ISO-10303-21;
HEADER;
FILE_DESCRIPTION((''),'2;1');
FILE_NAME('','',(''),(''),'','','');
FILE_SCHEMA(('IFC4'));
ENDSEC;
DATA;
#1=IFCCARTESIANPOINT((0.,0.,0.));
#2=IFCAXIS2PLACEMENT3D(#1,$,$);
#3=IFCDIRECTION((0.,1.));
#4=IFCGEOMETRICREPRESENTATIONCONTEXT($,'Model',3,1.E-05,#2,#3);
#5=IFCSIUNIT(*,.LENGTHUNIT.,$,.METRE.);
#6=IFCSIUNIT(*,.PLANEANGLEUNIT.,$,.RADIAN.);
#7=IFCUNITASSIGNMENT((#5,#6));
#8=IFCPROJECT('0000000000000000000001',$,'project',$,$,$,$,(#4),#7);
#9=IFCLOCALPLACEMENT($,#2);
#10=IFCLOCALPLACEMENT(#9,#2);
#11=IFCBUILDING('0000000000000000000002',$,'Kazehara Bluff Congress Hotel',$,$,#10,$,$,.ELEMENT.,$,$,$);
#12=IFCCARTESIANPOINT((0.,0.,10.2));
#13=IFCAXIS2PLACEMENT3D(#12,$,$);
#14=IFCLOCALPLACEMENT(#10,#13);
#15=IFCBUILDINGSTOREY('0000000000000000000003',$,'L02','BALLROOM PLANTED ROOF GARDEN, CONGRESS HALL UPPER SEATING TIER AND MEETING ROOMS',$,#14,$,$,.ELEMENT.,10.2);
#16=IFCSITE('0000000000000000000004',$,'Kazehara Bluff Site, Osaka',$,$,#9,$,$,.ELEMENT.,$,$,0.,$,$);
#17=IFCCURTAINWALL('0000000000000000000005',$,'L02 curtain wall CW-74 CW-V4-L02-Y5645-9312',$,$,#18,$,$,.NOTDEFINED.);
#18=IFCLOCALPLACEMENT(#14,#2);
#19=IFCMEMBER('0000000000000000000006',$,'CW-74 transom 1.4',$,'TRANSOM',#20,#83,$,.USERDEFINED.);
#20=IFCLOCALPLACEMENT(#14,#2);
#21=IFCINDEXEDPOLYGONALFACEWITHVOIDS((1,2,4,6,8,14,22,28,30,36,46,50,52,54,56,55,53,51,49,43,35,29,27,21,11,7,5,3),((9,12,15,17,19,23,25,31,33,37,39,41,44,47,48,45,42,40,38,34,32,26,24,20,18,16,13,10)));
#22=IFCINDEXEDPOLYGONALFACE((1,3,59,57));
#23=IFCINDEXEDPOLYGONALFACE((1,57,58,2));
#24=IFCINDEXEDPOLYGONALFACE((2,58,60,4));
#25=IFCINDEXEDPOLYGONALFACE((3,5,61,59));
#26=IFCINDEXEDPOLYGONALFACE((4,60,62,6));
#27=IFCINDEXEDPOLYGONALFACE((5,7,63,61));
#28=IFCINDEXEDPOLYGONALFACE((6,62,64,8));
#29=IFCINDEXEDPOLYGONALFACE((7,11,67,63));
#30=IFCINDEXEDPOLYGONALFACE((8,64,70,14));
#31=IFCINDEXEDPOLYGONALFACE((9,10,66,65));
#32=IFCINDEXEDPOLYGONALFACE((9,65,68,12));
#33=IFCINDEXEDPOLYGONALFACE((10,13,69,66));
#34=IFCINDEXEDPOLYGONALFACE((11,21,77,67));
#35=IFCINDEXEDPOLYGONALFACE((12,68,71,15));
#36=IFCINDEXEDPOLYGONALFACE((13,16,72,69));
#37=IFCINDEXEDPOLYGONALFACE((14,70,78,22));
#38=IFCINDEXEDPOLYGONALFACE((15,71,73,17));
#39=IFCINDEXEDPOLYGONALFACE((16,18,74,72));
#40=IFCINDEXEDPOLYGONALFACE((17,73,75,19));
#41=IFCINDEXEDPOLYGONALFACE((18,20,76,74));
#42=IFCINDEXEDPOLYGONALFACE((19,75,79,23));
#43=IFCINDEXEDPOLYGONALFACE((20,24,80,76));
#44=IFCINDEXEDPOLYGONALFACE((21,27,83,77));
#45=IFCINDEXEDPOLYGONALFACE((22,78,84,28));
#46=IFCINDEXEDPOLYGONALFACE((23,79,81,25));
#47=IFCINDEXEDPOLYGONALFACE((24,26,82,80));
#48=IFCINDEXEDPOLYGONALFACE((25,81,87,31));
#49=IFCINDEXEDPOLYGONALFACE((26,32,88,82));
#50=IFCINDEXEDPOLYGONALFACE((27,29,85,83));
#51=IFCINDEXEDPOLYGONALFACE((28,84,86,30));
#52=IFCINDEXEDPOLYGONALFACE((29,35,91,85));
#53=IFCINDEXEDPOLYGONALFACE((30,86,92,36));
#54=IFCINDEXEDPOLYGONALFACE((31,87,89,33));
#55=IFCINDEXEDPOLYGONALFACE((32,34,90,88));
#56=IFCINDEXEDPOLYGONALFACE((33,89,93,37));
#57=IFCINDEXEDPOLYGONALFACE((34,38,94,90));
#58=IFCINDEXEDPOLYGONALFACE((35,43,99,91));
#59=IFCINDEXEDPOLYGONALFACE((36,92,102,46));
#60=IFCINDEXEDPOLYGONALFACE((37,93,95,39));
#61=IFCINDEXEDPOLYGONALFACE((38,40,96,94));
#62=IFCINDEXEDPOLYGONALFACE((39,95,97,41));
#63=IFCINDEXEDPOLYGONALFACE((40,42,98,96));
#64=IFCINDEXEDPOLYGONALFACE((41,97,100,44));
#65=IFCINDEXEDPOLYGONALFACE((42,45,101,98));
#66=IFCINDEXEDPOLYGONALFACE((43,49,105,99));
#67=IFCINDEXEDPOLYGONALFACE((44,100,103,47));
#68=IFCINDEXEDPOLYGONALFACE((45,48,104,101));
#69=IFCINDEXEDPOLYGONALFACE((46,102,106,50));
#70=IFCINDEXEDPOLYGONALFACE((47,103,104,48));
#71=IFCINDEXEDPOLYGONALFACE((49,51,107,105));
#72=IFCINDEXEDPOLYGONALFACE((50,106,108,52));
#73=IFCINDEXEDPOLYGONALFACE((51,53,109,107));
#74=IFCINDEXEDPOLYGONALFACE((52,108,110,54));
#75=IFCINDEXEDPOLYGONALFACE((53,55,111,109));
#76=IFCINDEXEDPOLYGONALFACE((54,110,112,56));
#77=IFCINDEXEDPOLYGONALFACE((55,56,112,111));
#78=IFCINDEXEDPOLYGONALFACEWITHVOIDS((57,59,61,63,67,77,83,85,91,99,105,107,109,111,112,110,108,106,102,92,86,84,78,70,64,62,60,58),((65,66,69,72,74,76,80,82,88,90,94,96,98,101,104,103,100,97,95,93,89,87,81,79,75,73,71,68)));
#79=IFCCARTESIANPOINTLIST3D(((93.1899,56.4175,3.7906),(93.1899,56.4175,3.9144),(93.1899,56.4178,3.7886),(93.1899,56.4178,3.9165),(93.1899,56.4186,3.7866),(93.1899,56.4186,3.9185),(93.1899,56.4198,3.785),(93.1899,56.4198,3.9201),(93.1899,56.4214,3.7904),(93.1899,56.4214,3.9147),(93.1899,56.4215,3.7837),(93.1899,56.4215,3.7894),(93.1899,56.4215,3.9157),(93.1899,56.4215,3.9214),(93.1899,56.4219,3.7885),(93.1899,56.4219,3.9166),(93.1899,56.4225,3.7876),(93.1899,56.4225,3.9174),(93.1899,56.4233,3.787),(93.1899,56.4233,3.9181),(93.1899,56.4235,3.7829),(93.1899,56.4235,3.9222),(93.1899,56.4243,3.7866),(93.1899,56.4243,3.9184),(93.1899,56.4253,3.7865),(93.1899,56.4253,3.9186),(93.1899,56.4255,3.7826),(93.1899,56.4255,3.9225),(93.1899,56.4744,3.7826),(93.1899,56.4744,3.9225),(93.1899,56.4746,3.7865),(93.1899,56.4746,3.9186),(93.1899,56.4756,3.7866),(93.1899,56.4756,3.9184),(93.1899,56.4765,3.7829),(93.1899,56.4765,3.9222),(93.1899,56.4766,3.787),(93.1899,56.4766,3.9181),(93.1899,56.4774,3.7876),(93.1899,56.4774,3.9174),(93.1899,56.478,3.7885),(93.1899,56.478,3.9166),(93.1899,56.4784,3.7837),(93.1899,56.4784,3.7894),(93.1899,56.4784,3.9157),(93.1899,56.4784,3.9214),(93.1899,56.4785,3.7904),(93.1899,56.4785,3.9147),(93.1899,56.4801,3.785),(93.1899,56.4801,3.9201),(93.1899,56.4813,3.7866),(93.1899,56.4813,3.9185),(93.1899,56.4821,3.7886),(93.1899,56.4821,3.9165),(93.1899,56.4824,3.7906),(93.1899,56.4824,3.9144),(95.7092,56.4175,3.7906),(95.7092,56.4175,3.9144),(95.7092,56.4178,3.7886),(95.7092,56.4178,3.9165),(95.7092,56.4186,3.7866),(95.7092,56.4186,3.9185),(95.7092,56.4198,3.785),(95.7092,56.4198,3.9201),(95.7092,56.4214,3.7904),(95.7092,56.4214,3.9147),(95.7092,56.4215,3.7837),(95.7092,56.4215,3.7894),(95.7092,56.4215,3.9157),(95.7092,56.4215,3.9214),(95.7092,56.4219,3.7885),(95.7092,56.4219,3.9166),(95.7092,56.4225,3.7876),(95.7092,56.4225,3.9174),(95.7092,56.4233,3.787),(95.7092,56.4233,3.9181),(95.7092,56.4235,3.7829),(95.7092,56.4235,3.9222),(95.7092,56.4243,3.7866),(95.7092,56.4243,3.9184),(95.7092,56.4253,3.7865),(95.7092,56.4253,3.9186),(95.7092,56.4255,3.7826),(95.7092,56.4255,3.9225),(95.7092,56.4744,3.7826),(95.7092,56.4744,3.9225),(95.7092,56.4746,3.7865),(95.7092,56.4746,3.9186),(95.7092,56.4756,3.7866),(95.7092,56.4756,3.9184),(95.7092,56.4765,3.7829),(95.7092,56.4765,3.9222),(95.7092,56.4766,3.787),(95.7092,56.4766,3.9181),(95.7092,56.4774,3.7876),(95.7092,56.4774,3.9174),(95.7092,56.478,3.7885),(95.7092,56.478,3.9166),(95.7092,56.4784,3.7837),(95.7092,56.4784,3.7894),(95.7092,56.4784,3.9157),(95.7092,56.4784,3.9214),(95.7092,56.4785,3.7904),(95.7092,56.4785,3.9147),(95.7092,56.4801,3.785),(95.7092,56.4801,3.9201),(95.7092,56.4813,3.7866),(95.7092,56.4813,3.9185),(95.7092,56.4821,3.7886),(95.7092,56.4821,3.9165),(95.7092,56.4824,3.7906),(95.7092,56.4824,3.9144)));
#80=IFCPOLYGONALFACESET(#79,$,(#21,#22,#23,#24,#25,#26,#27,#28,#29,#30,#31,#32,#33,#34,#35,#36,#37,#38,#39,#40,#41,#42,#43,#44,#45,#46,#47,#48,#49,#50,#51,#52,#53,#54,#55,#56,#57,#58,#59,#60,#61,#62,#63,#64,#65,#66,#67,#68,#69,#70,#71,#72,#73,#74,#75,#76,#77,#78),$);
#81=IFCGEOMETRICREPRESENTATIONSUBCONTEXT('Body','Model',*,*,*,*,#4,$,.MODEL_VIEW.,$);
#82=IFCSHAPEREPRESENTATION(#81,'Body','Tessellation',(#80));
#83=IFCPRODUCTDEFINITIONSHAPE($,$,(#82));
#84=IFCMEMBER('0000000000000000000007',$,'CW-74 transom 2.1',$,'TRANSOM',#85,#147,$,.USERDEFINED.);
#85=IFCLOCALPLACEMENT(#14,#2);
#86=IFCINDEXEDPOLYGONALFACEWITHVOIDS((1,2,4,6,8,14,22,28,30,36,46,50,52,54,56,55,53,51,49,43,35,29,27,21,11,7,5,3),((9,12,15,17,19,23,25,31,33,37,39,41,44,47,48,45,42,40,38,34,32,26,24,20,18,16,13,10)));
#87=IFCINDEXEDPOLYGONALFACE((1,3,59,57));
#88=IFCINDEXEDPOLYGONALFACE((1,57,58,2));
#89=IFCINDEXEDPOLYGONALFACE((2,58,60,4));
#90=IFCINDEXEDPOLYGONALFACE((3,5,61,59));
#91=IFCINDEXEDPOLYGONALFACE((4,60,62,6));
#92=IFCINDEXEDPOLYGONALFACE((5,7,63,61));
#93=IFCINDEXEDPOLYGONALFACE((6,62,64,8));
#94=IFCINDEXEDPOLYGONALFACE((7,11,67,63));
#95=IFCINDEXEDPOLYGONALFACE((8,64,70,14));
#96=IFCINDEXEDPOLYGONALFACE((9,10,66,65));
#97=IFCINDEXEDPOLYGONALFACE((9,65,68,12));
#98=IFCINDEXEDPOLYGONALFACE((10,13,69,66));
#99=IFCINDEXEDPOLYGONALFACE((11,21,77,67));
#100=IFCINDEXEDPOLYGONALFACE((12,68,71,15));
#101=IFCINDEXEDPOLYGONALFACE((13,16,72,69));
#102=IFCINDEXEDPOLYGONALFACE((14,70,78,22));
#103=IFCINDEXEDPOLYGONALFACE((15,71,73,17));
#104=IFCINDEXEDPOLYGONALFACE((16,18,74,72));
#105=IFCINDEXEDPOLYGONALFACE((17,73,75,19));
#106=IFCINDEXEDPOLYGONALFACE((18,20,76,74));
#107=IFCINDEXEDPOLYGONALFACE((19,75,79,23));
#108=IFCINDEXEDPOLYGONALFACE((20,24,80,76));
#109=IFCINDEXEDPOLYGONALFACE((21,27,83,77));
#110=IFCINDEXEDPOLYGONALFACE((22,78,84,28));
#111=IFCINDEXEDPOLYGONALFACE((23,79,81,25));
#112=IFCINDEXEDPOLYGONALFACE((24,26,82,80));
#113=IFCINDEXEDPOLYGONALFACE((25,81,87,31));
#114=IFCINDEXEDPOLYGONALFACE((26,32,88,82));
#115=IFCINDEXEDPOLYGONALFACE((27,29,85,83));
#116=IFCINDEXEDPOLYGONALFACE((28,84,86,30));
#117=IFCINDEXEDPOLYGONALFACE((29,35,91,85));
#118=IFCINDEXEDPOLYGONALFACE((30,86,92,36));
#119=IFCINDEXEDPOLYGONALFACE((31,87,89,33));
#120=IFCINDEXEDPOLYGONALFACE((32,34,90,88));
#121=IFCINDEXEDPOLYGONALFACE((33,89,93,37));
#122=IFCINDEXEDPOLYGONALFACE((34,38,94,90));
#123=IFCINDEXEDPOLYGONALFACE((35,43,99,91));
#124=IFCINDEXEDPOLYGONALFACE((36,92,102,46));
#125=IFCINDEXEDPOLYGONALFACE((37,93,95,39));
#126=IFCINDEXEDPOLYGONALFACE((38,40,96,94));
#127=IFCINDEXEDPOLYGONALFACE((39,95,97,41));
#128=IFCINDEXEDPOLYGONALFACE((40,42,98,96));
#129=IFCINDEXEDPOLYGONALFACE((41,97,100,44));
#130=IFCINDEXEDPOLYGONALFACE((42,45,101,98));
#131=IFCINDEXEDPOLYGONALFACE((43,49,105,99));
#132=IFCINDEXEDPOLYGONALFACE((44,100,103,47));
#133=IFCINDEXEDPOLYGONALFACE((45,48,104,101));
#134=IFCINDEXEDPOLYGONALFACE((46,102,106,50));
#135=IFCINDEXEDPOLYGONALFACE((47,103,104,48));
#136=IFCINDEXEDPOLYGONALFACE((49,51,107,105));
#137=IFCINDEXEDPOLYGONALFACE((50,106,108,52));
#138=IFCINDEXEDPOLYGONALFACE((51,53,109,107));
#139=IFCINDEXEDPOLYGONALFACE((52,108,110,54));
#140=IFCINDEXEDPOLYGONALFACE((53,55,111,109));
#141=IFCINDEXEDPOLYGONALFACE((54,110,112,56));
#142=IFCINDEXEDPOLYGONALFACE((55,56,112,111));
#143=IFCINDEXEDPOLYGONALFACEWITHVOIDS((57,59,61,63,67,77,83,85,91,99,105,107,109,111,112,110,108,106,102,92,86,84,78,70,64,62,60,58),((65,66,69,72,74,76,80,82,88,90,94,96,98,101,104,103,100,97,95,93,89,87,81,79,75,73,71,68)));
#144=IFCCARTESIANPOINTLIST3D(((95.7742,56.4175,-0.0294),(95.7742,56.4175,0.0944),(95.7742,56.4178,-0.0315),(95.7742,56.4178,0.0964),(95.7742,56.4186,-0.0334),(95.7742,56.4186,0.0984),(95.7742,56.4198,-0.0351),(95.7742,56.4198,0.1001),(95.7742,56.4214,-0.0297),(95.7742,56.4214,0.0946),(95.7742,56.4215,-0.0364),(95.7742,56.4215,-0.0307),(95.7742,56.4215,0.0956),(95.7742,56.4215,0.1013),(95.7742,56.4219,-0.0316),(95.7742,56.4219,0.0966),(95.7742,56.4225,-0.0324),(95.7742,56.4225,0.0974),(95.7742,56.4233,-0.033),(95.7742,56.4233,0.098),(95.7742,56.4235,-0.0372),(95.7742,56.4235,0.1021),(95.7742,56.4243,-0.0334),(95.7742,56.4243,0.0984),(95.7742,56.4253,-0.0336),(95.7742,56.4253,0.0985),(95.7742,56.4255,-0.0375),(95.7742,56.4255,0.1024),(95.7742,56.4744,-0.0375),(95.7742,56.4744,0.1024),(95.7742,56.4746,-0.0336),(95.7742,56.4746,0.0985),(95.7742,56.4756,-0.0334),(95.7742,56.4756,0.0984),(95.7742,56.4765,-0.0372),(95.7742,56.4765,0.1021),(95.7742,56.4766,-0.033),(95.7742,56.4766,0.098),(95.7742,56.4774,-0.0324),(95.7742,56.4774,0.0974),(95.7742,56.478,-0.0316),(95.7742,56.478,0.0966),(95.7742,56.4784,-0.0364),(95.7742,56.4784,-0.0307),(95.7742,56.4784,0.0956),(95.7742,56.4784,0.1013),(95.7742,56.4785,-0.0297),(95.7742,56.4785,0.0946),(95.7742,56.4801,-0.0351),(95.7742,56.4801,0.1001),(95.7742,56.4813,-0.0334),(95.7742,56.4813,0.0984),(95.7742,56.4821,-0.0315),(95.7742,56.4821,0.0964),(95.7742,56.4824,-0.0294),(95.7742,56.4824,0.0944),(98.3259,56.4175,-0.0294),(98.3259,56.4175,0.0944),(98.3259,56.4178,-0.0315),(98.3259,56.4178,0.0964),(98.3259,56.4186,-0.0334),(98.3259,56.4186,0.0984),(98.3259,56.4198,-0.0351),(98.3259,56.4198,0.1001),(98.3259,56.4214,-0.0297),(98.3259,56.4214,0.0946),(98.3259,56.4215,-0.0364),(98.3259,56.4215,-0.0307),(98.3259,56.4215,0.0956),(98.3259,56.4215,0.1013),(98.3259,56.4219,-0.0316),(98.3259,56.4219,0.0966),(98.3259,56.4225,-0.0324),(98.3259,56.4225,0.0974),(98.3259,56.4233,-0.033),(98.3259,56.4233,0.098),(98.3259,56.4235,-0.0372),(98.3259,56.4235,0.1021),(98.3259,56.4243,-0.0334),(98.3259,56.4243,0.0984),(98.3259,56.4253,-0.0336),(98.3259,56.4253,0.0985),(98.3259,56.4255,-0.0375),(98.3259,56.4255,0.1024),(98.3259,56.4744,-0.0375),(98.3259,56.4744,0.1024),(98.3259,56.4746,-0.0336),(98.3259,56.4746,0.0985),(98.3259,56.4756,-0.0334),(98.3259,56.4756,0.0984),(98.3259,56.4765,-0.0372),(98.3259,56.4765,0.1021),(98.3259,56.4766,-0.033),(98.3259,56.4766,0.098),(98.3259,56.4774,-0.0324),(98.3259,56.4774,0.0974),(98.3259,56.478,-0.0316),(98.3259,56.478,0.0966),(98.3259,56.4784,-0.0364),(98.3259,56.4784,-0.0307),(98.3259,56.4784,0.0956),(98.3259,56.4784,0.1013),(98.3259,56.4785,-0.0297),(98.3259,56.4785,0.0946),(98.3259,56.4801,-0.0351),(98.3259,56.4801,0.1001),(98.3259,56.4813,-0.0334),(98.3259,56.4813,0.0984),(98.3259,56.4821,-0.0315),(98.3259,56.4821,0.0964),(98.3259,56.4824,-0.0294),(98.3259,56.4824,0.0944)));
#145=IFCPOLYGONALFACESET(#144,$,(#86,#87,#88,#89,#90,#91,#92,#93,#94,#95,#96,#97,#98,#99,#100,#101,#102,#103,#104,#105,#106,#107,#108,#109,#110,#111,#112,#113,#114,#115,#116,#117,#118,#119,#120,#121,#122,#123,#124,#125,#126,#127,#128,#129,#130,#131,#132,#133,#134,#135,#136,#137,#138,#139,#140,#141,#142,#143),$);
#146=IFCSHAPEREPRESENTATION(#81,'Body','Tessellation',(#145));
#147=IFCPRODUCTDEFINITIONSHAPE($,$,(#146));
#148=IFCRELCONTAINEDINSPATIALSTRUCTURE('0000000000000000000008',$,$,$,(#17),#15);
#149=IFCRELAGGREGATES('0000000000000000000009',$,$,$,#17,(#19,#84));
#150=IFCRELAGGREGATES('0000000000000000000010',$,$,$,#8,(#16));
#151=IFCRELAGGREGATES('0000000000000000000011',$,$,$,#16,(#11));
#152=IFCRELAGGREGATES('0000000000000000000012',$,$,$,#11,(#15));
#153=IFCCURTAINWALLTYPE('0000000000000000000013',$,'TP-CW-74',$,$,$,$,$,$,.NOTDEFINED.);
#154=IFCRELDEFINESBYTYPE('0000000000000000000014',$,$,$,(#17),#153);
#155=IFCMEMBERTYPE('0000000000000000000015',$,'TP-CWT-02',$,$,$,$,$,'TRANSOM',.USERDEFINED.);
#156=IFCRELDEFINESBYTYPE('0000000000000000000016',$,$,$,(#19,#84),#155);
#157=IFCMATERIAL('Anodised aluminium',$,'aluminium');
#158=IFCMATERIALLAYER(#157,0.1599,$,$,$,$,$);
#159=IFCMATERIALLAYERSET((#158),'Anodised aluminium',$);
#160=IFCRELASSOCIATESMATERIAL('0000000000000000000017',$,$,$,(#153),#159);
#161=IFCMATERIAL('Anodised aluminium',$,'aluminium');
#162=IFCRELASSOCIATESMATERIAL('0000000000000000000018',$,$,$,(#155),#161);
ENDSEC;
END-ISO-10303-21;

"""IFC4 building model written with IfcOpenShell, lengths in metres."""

from ifc_helpers import new_model, si_unit, direction, frame, origin, origin_2d, place, context, subcontext, project, spatial, hollow_rectangle, extrude, material, layer, layer_set, material_profile, profile_set, type_object, element, aggregate, save


model = new_model("IFC4")

# Units and contexts
model_context = context("Model", 3, precision=1e-05, world=origin(), true_north=direction((0.0, 1.0)))
body_context = subcontext(model_context, "Body", "Model", "MODEL_VIEW")
ifc_project = project(units=[si_unit("LENGTHUNIT", "METRE"), si_unit("PLANEANGLEUNIT", "RADIAN")], contexts=[model_context])

# Site, building, storey
site_placement = place(None, origin())
site = spatial("IfcSite", under=ifc_project, at=site_placement, Name="Kazehara Bluff Site, Osaka", CompositionType="ELEMENT", RefElevation=0.0)
building_placement = place(site_placement, origin())
building = spatial("IfcBuilding", under=site, at=building_placement, Name="Kazehara Bluff Congress Hotel", CompositionType="ELEMENT")
storey_placement = place(building_placement, frame((0.0, 0.0, 10.2)))
storey = spatial("IfcBuildingStorey", under=building, at=storey_placement, Name="L02", Description="BALLROOM PLANTED ROOF GARDEN, CONGRESS HALL UPPER SEATING TIER AND MEETING ROOMS", CompositionType="ELEMENT", Elevation=10.2)

# Curtain wall, members
ifc_material_1 = material(Name="Anodised aluminium", Category="aluminium")
ifc_layer_1 = layer(ifc_material_1, 0.1599)
ifc_layer_set_1 = layer_set([ifc_layer_1], Name="Anodised aluminium")
curtain_wall_type_1 = type_object("IfcCurtainWallType", Name="TP-CW-74", PredefinedType="NOTDEFINED", material=ifc_layer_set_1)
curtain_wall_1_placement = place(storey_placement, origin())
curtain_wall_1 = element("IfcCurtainWall", 1, at=curtain_wall_1_placement, inside=storey, type_object=curtain_wall_type_1, Name="L02 curtain wall CW-74 CW-V4-L02-Y5645-9312", PredefinedType="NOTDEFINED")
ifc_material_2 = material(Name="Anodised aluminium", Category="aluminium")
ifc_material_profile_1 = material_profile(ifc_material_2, hollow_rectangle(XDim=0.0649, YDim=0.1399, WallThickness=0.0039, InnerFilletRadius=0.0039, OuterFilletRadius=0.0081, at=origin_2d()))
ifc_profile_set_1 = profile_set([ifc_material_profile_1], Name="Anodised aluminium")
member_type_1 = type_object("IfcMemberType", Name="TP-CWT-02", ElementType="TRANSOM", PredefinedType="USERDEFINED", material=ifc_profile_set_1)
member_1_placement = place(storey_placement, frame((93.1899, 56.45, 3.8525), z_axis=(1.0, 0.0, 0.0), x_axis=(0.0, 1.0, 0.0)))
member_1 = element("IfcMember", 2, at=member_1_placement, type_object=member_type_1, Name="CW-74 transom 1.4", ObjectType="TRANSOM", PredefinedType="USERDEFINED", context=body_context, shape_type="SweptSolid", body=[
    extrude(hollow_rectangle(XDim=0.0649, YDim=0.1399, WallThickness=0.0039, InnerFilletRadius=0.0039, OuterFilletRadius=0.0081, at=origin_2d()), origin(), (0.0, 0.0, 1.0), 2.5193),
])
member_2_placement = place(storey_placement, frame((95.7742, 56.45, 0.0325), z_axis=(1.0, 0.0, 0.0), x_axis=(0.0, 1.0, 0.0)))
member_2 = element("IfcMember", 3, at=member_2_placement, type_object=member_type_1, Name="CW-74 transom 2.1", ObjectType="TRANSOM", PredefinedType="USERDEFINED", context=body_context, shape_type="SweptSolid", body=[
    extrude(hollow_rectangle(XDim=0.0649, YDim=0.1399, WallThickness=0.0039, InnerFilletRadius=0.0039, OuterFilletRadius=0.0081, at=origin_2d()), origin(), (0.0, 0.0, 1.0), 2.5518),
])

aggregate(curtain_wall_1, [member_1, member_2])

save(model, "model.ifc")
